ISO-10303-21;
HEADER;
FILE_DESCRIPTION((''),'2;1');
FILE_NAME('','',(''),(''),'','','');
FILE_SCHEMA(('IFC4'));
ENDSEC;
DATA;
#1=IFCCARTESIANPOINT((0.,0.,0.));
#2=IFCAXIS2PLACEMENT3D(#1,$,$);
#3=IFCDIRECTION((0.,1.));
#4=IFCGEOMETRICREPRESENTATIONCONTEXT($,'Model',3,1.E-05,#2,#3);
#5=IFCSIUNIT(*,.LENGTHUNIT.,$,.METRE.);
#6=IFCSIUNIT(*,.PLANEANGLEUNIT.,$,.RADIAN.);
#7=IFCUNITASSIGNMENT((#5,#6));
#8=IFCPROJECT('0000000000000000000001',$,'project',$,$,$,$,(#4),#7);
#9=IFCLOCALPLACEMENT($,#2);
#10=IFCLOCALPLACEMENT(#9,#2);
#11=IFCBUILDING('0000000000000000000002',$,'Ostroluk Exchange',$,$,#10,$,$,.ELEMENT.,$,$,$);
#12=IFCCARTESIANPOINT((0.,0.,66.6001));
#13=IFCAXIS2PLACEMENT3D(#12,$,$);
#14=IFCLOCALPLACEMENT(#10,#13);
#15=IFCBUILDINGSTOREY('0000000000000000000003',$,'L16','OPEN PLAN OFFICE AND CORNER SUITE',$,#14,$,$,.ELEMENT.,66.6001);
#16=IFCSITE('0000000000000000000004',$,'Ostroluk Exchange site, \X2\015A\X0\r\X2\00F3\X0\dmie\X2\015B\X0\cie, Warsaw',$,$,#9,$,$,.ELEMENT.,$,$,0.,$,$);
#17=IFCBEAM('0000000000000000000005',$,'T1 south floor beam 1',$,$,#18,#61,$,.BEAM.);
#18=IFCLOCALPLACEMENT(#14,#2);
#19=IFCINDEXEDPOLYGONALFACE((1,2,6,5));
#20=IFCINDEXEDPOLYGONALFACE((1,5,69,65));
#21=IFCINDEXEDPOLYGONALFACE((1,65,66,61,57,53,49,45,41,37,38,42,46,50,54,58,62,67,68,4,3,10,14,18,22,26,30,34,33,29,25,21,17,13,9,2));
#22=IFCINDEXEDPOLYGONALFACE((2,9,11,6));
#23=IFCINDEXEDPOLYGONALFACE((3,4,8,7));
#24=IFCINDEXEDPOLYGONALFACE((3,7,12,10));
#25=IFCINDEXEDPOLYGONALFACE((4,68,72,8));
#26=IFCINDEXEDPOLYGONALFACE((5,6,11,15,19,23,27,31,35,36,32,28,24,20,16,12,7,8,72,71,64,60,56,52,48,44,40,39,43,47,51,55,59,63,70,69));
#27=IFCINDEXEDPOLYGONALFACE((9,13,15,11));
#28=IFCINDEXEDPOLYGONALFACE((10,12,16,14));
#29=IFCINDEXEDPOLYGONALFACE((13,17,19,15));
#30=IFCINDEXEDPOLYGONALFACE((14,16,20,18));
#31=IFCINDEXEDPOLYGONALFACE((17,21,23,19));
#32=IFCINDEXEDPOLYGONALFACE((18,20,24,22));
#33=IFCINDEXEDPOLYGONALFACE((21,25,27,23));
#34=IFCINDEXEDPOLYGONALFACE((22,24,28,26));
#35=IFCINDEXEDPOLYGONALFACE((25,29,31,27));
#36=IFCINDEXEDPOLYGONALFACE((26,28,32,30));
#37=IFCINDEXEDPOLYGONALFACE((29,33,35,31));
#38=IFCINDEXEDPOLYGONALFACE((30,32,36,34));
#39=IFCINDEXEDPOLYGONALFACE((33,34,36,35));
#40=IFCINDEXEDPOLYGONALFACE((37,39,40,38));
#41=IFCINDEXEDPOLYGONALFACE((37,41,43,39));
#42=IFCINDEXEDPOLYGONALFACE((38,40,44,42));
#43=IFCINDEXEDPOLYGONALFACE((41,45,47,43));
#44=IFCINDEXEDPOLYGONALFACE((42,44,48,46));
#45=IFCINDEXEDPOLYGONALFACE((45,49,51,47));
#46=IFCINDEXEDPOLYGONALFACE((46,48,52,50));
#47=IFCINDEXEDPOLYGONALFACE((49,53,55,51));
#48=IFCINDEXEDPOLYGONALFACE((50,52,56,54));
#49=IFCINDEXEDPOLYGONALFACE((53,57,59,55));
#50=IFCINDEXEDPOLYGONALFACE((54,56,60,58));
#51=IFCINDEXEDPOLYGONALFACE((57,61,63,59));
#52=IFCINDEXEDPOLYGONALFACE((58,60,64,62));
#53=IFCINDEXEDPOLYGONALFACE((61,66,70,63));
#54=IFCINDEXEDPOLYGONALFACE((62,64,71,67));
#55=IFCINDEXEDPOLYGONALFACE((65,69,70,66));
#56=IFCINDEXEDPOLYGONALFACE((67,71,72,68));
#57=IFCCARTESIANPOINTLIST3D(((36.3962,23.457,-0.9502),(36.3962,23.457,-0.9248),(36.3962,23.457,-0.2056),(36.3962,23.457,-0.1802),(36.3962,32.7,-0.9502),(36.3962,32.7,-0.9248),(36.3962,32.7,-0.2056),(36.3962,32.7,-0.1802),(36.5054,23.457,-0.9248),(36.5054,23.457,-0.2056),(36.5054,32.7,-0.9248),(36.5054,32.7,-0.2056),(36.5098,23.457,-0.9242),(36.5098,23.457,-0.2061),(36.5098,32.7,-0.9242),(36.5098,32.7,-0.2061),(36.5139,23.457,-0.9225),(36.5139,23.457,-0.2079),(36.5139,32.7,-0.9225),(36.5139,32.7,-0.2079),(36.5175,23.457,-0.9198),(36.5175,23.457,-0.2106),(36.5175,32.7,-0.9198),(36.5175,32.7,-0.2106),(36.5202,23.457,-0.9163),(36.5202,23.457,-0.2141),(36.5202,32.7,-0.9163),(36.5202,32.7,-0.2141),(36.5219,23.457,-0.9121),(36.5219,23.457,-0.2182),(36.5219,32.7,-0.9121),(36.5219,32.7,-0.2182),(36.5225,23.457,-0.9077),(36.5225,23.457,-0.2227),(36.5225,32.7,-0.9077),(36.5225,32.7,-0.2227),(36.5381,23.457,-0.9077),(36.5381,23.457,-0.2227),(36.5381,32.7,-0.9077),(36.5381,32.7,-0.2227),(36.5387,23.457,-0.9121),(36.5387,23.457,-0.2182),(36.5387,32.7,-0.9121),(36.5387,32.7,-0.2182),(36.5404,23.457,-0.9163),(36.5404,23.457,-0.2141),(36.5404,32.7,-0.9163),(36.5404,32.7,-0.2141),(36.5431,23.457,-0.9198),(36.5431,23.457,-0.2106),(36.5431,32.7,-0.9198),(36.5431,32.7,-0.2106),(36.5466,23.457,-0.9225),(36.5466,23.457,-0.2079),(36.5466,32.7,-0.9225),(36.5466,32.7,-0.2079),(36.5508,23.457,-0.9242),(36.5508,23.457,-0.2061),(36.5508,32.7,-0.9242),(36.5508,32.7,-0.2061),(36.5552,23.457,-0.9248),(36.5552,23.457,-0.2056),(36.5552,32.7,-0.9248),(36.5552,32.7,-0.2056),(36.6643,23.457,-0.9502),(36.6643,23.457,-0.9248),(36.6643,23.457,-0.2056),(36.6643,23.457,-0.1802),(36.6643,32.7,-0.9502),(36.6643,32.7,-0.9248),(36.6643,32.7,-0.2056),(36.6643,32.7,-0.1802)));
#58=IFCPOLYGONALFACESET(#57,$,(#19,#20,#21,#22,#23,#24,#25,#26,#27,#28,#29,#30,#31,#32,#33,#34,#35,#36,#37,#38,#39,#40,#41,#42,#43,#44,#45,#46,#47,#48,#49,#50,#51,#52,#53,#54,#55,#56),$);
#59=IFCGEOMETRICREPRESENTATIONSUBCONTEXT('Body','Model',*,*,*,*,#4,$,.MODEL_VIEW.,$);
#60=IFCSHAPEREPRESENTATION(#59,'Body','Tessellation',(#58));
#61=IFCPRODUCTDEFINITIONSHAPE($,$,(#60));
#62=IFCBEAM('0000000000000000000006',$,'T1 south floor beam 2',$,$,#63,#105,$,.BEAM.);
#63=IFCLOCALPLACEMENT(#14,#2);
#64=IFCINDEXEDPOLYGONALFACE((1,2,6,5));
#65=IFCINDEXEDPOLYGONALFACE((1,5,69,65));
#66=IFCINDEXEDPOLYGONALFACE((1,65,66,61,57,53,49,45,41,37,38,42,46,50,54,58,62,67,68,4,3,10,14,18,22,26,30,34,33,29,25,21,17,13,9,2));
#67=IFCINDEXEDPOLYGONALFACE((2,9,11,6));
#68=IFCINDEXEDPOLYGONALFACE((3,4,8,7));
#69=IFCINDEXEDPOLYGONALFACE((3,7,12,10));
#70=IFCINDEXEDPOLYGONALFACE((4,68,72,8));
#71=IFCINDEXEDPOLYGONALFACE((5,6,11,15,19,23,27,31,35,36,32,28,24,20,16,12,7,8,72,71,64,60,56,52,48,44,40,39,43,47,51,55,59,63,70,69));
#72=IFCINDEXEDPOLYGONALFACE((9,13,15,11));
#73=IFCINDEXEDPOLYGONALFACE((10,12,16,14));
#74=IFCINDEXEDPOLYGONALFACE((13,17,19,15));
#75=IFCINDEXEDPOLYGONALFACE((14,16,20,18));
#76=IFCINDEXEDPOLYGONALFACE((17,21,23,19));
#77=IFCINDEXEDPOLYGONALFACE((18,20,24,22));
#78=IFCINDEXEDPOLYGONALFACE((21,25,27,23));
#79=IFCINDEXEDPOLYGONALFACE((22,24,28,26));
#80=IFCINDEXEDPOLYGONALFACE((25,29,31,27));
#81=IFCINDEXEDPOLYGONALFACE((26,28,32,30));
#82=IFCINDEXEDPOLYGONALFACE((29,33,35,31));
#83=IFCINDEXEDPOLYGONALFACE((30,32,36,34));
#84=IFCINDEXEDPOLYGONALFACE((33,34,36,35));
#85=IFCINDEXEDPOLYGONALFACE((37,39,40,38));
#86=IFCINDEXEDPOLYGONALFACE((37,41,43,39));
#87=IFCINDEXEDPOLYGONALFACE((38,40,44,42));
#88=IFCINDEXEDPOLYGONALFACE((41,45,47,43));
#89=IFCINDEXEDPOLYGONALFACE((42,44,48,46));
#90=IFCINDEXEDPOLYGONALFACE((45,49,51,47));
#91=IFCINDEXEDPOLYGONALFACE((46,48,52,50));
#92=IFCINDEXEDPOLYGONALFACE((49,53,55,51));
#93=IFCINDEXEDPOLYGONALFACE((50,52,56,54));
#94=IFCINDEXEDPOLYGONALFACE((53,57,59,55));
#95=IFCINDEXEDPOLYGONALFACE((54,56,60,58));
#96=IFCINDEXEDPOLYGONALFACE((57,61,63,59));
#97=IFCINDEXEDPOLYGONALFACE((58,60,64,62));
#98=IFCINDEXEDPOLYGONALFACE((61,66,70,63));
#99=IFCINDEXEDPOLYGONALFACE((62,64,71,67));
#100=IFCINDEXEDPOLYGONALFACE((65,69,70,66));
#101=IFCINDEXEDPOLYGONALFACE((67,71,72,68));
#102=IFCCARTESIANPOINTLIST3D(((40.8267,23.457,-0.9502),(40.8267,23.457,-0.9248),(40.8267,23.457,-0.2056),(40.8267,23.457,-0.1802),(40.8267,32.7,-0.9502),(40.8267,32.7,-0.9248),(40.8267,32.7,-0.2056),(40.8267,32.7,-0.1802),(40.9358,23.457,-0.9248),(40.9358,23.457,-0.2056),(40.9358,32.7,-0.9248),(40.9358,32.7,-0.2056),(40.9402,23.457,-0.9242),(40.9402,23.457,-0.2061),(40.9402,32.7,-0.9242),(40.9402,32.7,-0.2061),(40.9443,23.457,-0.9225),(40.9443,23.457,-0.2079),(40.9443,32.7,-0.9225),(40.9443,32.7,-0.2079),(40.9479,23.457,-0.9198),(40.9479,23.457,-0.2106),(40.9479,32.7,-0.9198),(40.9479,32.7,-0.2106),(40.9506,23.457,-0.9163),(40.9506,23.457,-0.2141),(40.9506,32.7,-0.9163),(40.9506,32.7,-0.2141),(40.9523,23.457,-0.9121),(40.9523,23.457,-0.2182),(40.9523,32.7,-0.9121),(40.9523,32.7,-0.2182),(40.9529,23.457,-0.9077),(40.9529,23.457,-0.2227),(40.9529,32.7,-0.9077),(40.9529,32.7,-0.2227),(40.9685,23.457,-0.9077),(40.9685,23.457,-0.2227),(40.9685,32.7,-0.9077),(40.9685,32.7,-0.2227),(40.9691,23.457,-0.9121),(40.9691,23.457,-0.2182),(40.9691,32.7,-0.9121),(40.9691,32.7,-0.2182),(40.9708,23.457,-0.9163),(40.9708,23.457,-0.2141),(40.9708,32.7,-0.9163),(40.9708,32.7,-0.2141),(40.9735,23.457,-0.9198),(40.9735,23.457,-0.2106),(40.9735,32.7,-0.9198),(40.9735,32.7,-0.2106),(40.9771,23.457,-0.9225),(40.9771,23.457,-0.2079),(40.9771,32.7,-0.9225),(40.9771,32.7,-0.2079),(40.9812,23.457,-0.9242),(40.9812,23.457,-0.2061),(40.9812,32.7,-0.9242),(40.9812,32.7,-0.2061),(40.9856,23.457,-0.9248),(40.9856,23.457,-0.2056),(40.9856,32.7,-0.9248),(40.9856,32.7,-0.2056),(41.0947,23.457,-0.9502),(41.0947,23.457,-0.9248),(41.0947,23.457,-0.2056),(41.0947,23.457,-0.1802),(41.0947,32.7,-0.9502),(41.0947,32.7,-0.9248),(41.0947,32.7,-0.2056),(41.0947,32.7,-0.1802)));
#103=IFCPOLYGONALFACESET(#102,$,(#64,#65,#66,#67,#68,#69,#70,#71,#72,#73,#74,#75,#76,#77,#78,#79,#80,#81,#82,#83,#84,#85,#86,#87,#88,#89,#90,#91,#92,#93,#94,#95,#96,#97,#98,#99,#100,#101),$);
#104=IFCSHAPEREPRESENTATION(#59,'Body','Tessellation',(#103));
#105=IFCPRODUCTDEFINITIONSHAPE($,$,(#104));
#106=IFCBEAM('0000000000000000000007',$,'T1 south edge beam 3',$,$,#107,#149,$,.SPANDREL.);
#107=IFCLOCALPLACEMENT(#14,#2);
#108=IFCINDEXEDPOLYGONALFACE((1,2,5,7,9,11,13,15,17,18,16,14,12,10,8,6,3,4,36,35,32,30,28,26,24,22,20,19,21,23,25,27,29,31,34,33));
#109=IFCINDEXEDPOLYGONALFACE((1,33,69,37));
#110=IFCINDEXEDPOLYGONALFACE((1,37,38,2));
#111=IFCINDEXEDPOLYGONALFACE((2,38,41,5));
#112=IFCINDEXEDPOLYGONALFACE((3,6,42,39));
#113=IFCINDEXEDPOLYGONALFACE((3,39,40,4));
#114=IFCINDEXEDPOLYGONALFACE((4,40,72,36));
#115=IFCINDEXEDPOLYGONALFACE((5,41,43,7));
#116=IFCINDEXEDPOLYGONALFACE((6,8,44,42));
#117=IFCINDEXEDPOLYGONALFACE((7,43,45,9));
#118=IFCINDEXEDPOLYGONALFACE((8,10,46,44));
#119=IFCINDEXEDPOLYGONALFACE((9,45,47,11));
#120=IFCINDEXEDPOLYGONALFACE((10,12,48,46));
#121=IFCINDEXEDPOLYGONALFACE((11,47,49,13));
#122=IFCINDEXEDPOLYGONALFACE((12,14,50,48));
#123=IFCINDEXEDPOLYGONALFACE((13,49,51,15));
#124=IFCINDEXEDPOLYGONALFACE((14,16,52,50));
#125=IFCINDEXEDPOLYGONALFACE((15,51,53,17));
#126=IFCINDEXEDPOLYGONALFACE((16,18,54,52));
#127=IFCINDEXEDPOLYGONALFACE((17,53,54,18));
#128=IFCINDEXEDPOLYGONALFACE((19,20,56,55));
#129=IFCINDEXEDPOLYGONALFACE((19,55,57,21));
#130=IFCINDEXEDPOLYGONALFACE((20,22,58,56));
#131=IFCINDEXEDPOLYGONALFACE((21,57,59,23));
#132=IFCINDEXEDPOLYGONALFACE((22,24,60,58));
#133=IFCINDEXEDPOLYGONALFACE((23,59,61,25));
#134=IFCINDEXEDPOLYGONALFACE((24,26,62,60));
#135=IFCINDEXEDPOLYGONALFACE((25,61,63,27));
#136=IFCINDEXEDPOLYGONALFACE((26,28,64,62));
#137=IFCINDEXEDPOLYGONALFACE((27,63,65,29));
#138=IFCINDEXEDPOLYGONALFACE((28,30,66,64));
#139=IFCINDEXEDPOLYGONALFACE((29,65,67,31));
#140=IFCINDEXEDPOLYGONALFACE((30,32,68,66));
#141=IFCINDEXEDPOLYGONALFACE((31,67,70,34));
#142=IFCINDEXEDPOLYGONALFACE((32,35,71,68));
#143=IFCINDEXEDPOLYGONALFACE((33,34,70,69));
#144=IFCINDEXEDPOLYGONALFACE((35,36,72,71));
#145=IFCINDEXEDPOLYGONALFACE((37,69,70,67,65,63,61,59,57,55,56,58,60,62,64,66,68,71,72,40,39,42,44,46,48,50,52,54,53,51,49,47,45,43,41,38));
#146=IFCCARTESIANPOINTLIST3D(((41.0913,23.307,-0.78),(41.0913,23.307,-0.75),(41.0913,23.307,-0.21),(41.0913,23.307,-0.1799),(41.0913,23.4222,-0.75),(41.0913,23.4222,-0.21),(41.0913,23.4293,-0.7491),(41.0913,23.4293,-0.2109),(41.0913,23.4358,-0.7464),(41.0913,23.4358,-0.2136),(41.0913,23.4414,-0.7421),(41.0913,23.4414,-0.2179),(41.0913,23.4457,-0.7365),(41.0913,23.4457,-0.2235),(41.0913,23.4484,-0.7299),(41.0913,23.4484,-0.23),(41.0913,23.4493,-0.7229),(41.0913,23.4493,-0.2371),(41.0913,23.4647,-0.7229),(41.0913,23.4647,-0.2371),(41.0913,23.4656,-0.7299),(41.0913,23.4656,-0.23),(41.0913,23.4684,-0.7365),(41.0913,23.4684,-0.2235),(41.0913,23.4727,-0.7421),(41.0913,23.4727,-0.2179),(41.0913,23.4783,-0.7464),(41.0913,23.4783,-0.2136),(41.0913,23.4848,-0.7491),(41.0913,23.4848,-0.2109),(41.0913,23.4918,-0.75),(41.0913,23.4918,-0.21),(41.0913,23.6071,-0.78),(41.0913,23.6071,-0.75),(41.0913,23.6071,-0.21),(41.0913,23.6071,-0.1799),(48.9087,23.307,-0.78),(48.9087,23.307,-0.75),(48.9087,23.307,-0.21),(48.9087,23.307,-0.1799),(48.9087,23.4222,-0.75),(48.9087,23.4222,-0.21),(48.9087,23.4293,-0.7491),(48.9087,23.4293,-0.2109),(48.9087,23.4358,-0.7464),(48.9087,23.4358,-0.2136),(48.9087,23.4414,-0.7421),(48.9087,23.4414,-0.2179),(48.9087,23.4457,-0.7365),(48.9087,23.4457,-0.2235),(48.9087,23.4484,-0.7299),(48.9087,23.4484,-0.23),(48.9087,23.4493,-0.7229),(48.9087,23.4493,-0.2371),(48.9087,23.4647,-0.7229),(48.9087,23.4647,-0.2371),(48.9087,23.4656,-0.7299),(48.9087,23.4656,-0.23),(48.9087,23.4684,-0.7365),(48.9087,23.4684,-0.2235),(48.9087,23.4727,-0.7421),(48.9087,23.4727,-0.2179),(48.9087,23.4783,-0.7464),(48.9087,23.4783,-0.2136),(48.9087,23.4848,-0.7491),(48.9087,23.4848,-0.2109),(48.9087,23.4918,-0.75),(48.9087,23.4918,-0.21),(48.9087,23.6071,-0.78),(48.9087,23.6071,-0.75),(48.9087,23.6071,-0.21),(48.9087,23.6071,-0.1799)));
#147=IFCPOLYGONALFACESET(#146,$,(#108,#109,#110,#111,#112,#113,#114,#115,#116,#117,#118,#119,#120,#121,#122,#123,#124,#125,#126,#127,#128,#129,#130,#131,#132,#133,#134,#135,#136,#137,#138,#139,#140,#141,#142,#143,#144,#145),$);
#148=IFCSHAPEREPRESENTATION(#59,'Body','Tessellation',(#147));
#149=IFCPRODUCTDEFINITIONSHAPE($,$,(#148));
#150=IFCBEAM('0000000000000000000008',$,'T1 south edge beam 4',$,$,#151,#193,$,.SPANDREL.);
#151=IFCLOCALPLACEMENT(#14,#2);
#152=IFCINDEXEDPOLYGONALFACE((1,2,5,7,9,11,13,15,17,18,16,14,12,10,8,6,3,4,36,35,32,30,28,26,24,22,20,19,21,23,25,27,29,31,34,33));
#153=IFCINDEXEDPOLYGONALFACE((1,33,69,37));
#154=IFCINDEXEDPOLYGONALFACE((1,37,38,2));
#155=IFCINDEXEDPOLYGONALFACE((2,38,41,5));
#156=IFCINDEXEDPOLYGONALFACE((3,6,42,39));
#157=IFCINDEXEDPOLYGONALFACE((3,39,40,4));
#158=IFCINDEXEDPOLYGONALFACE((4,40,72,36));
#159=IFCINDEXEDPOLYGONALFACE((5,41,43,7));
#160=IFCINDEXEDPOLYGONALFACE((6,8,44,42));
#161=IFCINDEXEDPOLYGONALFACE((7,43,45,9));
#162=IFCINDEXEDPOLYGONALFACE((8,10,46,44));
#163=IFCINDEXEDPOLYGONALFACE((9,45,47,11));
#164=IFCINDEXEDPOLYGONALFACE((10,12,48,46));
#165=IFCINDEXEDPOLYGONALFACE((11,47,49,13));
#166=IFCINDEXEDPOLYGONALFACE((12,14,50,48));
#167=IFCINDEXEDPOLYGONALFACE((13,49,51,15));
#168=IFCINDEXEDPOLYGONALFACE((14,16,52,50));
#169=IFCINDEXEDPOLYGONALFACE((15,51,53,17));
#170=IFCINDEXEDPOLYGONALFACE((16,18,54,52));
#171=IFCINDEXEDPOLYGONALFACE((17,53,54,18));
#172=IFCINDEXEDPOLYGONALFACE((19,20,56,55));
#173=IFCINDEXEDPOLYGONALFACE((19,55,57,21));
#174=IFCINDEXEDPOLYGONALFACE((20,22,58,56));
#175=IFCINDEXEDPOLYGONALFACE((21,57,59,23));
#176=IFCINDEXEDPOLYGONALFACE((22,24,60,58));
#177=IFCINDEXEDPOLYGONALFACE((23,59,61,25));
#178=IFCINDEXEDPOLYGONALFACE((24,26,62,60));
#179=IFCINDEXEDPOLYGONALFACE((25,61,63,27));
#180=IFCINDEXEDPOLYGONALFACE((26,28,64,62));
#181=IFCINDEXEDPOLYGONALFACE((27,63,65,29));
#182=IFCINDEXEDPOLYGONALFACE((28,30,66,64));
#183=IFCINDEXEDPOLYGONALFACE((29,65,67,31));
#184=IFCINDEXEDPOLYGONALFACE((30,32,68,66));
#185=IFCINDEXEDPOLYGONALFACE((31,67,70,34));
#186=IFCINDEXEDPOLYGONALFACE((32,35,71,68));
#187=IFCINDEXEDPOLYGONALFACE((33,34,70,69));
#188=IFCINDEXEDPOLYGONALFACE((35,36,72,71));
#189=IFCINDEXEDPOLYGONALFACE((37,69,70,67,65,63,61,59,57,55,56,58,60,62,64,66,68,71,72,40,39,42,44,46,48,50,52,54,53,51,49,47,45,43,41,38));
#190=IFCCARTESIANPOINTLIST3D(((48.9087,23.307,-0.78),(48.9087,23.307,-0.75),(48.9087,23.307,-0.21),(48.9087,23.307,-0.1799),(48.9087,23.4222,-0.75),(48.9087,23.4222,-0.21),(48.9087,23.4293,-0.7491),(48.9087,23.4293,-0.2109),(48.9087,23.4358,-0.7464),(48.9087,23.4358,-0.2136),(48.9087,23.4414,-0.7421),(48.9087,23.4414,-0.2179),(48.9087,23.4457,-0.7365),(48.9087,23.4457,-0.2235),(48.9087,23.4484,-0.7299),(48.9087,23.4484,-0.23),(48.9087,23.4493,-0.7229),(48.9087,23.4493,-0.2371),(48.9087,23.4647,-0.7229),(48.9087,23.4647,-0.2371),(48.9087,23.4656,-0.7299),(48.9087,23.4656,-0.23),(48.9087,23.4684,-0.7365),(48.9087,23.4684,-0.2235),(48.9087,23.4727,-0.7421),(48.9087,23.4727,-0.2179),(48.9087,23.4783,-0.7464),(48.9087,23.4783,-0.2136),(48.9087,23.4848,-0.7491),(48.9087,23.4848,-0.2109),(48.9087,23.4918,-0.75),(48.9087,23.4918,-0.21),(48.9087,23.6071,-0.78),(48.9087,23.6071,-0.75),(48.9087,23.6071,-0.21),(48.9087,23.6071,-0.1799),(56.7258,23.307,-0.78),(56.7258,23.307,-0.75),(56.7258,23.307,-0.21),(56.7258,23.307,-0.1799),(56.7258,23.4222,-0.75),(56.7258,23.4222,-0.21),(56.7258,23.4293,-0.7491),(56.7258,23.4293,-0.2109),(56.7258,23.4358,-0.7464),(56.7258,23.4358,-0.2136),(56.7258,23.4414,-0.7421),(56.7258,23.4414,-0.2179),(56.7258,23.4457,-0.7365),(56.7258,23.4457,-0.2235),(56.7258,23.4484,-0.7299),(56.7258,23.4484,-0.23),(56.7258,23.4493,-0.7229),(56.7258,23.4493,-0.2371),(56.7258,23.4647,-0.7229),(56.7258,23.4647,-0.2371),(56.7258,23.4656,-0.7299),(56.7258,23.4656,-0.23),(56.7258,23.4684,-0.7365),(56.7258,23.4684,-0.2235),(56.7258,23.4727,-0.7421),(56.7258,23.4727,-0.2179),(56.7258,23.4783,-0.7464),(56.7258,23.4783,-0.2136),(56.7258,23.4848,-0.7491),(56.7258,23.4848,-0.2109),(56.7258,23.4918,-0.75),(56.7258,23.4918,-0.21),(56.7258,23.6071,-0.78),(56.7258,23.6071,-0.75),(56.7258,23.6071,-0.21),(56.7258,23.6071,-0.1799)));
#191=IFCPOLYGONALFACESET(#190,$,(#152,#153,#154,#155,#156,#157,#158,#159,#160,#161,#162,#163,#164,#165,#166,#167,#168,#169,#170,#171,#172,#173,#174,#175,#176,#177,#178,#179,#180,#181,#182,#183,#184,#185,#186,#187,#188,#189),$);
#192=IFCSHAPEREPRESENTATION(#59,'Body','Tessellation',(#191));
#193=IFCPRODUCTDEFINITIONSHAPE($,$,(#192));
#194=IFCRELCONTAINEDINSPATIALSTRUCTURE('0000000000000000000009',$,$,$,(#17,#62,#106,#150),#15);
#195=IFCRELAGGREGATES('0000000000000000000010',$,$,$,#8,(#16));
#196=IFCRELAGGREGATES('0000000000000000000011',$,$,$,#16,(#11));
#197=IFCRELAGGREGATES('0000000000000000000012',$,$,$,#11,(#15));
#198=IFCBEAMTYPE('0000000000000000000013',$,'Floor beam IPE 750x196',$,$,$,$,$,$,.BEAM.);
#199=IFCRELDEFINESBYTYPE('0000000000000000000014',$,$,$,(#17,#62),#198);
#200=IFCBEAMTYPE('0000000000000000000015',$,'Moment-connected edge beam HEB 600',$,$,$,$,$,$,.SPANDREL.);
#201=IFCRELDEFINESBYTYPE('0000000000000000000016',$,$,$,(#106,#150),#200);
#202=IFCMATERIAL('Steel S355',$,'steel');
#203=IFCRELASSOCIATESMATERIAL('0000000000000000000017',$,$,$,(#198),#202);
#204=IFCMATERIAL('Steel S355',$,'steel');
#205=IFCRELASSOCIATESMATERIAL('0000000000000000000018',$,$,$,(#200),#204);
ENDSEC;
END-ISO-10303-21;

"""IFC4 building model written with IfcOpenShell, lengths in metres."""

from ifc_helpers import new_model, si_unit, direction, frame, origin, origin_2d, place, context, subcontext, project, spatial, i_section, extrude, material, material_profile, profile_set, type_object, element, save


model = new_model("IFC4")

# Units and contexts
model_context = context("Model", 3, precision=1e-05, world=origin(), true_north=direction((0.0, 1.0)))
body_context = subcontext(model_context, "Body", "Model", "MODEL_VIEW")
ifc_project = project(units=[si_unit("LENGTHUNIT", "METRE"), si_unit("PLANEANGLEUNIT", "RADIAN")], contexts=[model_context])

# Site, building, storey
site_placement = place(None, origin())
site = spatial("IfcSite", under=ifc_project, at=site_placement, Name="Ostroluk Exchange site, Śródmieście, Warsaw", CompositionType="ELEMENT", RefElevation=0.0)
building_placement = place(site_placement, origin())
building = spatial("IfcBuilding", under=site, at=building_placement, Name="Ostroluk Exchange", CompositionType="ELEMENT")
storey_placement = place(building_placement, frame((0.0, 0.0, 66.6001)))
storey = spatial("IfcBuildingStorey", under=building, at=storey_placement, Name="L16", Description="OPEN PLAN OFFICE AND CORNER SUITE", CompositionType="ELEMENT", Elevation=66.6001)

# Beams
ifc_material_1 = material(Name="Steel S355", Category="steel")
ifc_material_profile_1 = material_profile(ifc_material_1, i_section(OverallWidth=0.2681, OverallDepth=0.77, WebThickness=0.0156, FlangeThickness=0.0254, FilletRadius=0.0171, at=origin_2d()), Name="IPE 750x196")
ifc_profile_set_1 = profile_set([ifc_material_profile_1], Name="Steel S355")
beam_type_1 = type_object("IfcBeamType", Name="Floor beam IPE 750x196", PredefinedType="BEAM", material=ifc_profile_set_1)
for number, where, z_axis, x_axis, name in (
    (1, (36.5303, 32.7, -0.5652), (0.0, -1.0, 0.0), (1.0, 0.0, 0.0), "T1 south floor beam 1"),
    (2, (40.9607, 32.7, -0.5652), (0.0, -1.0, 0.0), (1.0, 0.0, 0.0), "T1 south floor beam 2"),
):
    element("IfcBeam", number, at=place(storey_placement, frame(where, z_axis=z_axis, x_axis=x_axis)), inside=storey, type_object=beam_type_1, Name=name, PredefinedType="BEAM", context=body_context, shape_type="SweptSolid", body=[
        extrude(i_section(OverallWidth=0.2681, OverallDepth=0.77, WebThickness=0.0156, FlangeThickness=0.0254, FilletRadius=0.0171, at=origin_2d()), origin(), (0.0, 0.0, 1.0), 9.2429),
    ])
ifc_material_2 = material(Name="Steel S355", Category="steel")
ifc_material_profile_2 = material_profile(ifc_material_2, i_section(OverallWidth=0.3, OverallDepth=0.6001, WebThickness=0.0154, FlangeThickness=0.03, FilletRadius=0.0271, at=origin_2d()), Name="HEB 600")
ifc_profile_set_2 = profile_set([ifc_material_profile_2], Name="Steel S355")
beam_type_2 = type_object("IfcBeamType", Name="Moment-connected edge beam HEB 600", PredefinedType="SPANDREL", material=ifc_profile_set_2)
beam_1_placement = place(storey_placement, frame((41.0913, 23.457, -0.48), z_axis=(1.0, 0.0, 0.0), x_axis=(0.0, 1.0, 0.0)))
element("IfcBeam", 3, at=beam_1_placement, inside=storey, type_object=beam_type_2, Name="T1 south edge beam 3", PredefinedType="SPANDREL", context=body_context, shape_type="SweptSolid", body=[
    extrude(i_section(OverallWidth=0.3, OverallDepth=0.6001, WebThickness=0.0154, FlangeThickness=0.03, FilletRadius=0.0271, at=origin_2d()), origin(), (0.0, 0.0, 1.0), 7.8174),
])
beam_2_placement = place(storey_placement, frame((48.9087, 23.457, -0.48), z_axis=(1.0, 0.0, 0.0), x_axis=(0.0, 1.0, 0.0)))
element("IfcBeam", 4, at=beam_2_placement, inside=storey, type_object=beam_type_2, Name="T1 south edge beam 4", PredefinedType="SPANDREL", context=body_context, shape_type="SweptSolid", body=[
    extrude(i_section(OverallWidth=0.3, OverallDepth=0.6001, WebThickness=0.0154, FlangeThickness=0.03, FilletRadius=0.0271, at=origin_2d()), origin(), (0.0, 0.0, 1.0), 7.8171),
])

save(model, "model.ifc")
